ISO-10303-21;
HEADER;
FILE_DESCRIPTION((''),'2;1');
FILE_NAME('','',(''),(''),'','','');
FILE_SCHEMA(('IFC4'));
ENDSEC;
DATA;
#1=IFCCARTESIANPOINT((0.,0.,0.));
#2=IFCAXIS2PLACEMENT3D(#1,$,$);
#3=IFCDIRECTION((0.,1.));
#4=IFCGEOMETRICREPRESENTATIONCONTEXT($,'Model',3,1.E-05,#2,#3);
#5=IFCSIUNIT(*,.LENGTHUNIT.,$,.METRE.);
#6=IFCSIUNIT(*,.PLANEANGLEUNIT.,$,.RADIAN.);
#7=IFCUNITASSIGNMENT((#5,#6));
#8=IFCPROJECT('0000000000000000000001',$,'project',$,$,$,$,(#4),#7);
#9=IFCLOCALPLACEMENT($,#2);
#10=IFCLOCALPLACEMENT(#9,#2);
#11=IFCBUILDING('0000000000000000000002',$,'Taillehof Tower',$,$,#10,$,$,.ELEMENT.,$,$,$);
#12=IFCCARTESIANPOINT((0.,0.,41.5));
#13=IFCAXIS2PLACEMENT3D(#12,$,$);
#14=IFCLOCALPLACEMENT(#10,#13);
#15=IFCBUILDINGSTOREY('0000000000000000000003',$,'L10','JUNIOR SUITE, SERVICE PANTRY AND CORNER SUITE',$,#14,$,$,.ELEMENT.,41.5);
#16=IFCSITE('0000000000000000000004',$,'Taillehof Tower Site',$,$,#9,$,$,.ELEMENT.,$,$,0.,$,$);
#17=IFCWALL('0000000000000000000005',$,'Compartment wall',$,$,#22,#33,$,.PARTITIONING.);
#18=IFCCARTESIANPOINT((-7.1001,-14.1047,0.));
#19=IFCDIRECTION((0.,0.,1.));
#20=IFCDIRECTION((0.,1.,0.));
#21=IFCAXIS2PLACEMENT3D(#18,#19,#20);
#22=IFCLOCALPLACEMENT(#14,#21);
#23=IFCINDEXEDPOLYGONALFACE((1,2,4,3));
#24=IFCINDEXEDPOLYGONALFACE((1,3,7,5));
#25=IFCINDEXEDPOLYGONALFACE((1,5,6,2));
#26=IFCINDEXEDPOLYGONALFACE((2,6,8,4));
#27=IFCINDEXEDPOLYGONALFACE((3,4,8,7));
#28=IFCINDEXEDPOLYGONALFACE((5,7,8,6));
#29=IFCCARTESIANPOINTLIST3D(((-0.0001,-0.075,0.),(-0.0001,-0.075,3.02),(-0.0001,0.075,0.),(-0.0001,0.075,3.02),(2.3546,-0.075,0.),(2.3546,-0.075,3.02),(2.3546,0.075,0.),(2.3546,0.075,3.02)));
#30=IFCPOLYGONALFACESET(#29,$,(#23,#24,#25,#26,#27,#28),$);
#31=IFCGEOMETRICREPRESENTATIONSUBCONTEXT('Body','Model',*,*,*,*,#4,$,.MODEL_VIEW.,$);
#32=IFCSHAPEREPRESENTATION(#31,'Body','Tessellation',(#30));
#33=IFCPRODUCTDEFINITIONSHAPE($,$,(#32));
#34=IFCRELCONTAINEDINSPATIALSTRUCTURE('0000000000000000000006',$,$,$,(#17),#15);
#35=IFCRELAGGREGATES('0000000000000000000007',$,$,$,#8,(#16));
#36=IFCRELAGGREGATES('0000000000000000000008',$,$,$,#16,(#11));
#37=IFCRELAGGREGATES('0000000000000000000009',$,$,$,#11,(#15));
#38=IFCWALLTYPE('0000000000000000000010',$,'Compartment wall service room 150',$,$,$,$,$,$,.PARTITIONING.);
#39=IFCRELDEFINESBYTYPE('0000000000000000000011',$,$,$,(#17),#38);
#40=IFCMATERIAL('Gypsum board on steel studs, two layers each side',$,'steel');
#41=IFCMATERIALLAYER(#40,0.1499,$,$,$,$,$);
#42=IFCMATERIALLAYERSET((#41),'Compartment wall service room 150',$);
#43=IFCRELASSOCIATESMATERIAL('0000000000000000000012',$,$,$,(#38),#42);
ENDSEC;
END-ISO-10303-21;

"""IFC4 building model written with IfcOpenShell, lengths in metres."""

from ifc_helpers import new_model, si_unit, direction, frame, frame_2d, origin, place, context, subcontext, project, spatial, rectangle, extrude, material, layer, layer_set, type_object, element, save


model = new_model("IFC4")

# Units and contexts
model_context = context("Model", 3, precision=1e-05, world=origin(), true_north=direction((0.0, 1.0)))
body_context = subcontext(model_context, "Body", "Model", "MODEL_VIEW")
ifc_project = project(units=[si_unit("LENGTHUNIT", "METRE"), si_unit("PLANEANGLEUNIT", "RADIAN")], contexts=[model_context])

# Site, building, storey
site_placement = place(None, origin())
site = spatial("IfcSite", under=ifc_project, at=site_placement, Name="Taillehof Tower Site", CompositionType="ELEMENT", RefElevation=0.0)
building_placement = place(site_placement, origin())
building = spatial("IfcBuilding", under=site, at=building_placement, Name="Taillehof Tower", CompositionType="ELEMENT")
storey_placement = place(building_placement, frame((0.0, 0.0, 41.5)))
storey = spatial("IfcBuildingStorey", under=building, at=storey_placement, Name="L10", Description="JUNIOR SUITE, SERVICE PANTRY AND CORNER SUITE", CompositionType="ELEMENT", Elevation=41.5)

# Wall
ifc_material_1 = material(Name="Gypsum board on steel studs, two layers each side", Category="steel")
ifc_layer_1 = layer(ifc_material_1, 0.1499)
ifc_layer_set_1 = layer_set([ifc_layer_1], Name="Compartment wall service room 150")
wall_type_1 = type_object("IfcWallType", Name="Compartment wall service room 150", PredefinedType="PARTITIONING", material=ifc_layer_set_1)
wall_1_placement = place(storey_placement, frame((-7.1001, -14.1047, 0.0), z_axis=(0.0, 0.0, 1.0), x_axis=(0.0, 1.0, 0.0)))
element("IfcWall", 1, at=wall_1_placement, inside=storey, type_object=wall_type_1, Name="Compartment wall", PredefinedType="PARTITIONING", context=body_context, shape_type="SweptSolid", body=[
    extrude(rectangle(XDim=2.3547, YDim=0.1499, at=frame_2d((1.1772, 0.0))), origin(), (0.0, 0.0, 1.0), 3.02),
])

save(model, "model.ifc")
